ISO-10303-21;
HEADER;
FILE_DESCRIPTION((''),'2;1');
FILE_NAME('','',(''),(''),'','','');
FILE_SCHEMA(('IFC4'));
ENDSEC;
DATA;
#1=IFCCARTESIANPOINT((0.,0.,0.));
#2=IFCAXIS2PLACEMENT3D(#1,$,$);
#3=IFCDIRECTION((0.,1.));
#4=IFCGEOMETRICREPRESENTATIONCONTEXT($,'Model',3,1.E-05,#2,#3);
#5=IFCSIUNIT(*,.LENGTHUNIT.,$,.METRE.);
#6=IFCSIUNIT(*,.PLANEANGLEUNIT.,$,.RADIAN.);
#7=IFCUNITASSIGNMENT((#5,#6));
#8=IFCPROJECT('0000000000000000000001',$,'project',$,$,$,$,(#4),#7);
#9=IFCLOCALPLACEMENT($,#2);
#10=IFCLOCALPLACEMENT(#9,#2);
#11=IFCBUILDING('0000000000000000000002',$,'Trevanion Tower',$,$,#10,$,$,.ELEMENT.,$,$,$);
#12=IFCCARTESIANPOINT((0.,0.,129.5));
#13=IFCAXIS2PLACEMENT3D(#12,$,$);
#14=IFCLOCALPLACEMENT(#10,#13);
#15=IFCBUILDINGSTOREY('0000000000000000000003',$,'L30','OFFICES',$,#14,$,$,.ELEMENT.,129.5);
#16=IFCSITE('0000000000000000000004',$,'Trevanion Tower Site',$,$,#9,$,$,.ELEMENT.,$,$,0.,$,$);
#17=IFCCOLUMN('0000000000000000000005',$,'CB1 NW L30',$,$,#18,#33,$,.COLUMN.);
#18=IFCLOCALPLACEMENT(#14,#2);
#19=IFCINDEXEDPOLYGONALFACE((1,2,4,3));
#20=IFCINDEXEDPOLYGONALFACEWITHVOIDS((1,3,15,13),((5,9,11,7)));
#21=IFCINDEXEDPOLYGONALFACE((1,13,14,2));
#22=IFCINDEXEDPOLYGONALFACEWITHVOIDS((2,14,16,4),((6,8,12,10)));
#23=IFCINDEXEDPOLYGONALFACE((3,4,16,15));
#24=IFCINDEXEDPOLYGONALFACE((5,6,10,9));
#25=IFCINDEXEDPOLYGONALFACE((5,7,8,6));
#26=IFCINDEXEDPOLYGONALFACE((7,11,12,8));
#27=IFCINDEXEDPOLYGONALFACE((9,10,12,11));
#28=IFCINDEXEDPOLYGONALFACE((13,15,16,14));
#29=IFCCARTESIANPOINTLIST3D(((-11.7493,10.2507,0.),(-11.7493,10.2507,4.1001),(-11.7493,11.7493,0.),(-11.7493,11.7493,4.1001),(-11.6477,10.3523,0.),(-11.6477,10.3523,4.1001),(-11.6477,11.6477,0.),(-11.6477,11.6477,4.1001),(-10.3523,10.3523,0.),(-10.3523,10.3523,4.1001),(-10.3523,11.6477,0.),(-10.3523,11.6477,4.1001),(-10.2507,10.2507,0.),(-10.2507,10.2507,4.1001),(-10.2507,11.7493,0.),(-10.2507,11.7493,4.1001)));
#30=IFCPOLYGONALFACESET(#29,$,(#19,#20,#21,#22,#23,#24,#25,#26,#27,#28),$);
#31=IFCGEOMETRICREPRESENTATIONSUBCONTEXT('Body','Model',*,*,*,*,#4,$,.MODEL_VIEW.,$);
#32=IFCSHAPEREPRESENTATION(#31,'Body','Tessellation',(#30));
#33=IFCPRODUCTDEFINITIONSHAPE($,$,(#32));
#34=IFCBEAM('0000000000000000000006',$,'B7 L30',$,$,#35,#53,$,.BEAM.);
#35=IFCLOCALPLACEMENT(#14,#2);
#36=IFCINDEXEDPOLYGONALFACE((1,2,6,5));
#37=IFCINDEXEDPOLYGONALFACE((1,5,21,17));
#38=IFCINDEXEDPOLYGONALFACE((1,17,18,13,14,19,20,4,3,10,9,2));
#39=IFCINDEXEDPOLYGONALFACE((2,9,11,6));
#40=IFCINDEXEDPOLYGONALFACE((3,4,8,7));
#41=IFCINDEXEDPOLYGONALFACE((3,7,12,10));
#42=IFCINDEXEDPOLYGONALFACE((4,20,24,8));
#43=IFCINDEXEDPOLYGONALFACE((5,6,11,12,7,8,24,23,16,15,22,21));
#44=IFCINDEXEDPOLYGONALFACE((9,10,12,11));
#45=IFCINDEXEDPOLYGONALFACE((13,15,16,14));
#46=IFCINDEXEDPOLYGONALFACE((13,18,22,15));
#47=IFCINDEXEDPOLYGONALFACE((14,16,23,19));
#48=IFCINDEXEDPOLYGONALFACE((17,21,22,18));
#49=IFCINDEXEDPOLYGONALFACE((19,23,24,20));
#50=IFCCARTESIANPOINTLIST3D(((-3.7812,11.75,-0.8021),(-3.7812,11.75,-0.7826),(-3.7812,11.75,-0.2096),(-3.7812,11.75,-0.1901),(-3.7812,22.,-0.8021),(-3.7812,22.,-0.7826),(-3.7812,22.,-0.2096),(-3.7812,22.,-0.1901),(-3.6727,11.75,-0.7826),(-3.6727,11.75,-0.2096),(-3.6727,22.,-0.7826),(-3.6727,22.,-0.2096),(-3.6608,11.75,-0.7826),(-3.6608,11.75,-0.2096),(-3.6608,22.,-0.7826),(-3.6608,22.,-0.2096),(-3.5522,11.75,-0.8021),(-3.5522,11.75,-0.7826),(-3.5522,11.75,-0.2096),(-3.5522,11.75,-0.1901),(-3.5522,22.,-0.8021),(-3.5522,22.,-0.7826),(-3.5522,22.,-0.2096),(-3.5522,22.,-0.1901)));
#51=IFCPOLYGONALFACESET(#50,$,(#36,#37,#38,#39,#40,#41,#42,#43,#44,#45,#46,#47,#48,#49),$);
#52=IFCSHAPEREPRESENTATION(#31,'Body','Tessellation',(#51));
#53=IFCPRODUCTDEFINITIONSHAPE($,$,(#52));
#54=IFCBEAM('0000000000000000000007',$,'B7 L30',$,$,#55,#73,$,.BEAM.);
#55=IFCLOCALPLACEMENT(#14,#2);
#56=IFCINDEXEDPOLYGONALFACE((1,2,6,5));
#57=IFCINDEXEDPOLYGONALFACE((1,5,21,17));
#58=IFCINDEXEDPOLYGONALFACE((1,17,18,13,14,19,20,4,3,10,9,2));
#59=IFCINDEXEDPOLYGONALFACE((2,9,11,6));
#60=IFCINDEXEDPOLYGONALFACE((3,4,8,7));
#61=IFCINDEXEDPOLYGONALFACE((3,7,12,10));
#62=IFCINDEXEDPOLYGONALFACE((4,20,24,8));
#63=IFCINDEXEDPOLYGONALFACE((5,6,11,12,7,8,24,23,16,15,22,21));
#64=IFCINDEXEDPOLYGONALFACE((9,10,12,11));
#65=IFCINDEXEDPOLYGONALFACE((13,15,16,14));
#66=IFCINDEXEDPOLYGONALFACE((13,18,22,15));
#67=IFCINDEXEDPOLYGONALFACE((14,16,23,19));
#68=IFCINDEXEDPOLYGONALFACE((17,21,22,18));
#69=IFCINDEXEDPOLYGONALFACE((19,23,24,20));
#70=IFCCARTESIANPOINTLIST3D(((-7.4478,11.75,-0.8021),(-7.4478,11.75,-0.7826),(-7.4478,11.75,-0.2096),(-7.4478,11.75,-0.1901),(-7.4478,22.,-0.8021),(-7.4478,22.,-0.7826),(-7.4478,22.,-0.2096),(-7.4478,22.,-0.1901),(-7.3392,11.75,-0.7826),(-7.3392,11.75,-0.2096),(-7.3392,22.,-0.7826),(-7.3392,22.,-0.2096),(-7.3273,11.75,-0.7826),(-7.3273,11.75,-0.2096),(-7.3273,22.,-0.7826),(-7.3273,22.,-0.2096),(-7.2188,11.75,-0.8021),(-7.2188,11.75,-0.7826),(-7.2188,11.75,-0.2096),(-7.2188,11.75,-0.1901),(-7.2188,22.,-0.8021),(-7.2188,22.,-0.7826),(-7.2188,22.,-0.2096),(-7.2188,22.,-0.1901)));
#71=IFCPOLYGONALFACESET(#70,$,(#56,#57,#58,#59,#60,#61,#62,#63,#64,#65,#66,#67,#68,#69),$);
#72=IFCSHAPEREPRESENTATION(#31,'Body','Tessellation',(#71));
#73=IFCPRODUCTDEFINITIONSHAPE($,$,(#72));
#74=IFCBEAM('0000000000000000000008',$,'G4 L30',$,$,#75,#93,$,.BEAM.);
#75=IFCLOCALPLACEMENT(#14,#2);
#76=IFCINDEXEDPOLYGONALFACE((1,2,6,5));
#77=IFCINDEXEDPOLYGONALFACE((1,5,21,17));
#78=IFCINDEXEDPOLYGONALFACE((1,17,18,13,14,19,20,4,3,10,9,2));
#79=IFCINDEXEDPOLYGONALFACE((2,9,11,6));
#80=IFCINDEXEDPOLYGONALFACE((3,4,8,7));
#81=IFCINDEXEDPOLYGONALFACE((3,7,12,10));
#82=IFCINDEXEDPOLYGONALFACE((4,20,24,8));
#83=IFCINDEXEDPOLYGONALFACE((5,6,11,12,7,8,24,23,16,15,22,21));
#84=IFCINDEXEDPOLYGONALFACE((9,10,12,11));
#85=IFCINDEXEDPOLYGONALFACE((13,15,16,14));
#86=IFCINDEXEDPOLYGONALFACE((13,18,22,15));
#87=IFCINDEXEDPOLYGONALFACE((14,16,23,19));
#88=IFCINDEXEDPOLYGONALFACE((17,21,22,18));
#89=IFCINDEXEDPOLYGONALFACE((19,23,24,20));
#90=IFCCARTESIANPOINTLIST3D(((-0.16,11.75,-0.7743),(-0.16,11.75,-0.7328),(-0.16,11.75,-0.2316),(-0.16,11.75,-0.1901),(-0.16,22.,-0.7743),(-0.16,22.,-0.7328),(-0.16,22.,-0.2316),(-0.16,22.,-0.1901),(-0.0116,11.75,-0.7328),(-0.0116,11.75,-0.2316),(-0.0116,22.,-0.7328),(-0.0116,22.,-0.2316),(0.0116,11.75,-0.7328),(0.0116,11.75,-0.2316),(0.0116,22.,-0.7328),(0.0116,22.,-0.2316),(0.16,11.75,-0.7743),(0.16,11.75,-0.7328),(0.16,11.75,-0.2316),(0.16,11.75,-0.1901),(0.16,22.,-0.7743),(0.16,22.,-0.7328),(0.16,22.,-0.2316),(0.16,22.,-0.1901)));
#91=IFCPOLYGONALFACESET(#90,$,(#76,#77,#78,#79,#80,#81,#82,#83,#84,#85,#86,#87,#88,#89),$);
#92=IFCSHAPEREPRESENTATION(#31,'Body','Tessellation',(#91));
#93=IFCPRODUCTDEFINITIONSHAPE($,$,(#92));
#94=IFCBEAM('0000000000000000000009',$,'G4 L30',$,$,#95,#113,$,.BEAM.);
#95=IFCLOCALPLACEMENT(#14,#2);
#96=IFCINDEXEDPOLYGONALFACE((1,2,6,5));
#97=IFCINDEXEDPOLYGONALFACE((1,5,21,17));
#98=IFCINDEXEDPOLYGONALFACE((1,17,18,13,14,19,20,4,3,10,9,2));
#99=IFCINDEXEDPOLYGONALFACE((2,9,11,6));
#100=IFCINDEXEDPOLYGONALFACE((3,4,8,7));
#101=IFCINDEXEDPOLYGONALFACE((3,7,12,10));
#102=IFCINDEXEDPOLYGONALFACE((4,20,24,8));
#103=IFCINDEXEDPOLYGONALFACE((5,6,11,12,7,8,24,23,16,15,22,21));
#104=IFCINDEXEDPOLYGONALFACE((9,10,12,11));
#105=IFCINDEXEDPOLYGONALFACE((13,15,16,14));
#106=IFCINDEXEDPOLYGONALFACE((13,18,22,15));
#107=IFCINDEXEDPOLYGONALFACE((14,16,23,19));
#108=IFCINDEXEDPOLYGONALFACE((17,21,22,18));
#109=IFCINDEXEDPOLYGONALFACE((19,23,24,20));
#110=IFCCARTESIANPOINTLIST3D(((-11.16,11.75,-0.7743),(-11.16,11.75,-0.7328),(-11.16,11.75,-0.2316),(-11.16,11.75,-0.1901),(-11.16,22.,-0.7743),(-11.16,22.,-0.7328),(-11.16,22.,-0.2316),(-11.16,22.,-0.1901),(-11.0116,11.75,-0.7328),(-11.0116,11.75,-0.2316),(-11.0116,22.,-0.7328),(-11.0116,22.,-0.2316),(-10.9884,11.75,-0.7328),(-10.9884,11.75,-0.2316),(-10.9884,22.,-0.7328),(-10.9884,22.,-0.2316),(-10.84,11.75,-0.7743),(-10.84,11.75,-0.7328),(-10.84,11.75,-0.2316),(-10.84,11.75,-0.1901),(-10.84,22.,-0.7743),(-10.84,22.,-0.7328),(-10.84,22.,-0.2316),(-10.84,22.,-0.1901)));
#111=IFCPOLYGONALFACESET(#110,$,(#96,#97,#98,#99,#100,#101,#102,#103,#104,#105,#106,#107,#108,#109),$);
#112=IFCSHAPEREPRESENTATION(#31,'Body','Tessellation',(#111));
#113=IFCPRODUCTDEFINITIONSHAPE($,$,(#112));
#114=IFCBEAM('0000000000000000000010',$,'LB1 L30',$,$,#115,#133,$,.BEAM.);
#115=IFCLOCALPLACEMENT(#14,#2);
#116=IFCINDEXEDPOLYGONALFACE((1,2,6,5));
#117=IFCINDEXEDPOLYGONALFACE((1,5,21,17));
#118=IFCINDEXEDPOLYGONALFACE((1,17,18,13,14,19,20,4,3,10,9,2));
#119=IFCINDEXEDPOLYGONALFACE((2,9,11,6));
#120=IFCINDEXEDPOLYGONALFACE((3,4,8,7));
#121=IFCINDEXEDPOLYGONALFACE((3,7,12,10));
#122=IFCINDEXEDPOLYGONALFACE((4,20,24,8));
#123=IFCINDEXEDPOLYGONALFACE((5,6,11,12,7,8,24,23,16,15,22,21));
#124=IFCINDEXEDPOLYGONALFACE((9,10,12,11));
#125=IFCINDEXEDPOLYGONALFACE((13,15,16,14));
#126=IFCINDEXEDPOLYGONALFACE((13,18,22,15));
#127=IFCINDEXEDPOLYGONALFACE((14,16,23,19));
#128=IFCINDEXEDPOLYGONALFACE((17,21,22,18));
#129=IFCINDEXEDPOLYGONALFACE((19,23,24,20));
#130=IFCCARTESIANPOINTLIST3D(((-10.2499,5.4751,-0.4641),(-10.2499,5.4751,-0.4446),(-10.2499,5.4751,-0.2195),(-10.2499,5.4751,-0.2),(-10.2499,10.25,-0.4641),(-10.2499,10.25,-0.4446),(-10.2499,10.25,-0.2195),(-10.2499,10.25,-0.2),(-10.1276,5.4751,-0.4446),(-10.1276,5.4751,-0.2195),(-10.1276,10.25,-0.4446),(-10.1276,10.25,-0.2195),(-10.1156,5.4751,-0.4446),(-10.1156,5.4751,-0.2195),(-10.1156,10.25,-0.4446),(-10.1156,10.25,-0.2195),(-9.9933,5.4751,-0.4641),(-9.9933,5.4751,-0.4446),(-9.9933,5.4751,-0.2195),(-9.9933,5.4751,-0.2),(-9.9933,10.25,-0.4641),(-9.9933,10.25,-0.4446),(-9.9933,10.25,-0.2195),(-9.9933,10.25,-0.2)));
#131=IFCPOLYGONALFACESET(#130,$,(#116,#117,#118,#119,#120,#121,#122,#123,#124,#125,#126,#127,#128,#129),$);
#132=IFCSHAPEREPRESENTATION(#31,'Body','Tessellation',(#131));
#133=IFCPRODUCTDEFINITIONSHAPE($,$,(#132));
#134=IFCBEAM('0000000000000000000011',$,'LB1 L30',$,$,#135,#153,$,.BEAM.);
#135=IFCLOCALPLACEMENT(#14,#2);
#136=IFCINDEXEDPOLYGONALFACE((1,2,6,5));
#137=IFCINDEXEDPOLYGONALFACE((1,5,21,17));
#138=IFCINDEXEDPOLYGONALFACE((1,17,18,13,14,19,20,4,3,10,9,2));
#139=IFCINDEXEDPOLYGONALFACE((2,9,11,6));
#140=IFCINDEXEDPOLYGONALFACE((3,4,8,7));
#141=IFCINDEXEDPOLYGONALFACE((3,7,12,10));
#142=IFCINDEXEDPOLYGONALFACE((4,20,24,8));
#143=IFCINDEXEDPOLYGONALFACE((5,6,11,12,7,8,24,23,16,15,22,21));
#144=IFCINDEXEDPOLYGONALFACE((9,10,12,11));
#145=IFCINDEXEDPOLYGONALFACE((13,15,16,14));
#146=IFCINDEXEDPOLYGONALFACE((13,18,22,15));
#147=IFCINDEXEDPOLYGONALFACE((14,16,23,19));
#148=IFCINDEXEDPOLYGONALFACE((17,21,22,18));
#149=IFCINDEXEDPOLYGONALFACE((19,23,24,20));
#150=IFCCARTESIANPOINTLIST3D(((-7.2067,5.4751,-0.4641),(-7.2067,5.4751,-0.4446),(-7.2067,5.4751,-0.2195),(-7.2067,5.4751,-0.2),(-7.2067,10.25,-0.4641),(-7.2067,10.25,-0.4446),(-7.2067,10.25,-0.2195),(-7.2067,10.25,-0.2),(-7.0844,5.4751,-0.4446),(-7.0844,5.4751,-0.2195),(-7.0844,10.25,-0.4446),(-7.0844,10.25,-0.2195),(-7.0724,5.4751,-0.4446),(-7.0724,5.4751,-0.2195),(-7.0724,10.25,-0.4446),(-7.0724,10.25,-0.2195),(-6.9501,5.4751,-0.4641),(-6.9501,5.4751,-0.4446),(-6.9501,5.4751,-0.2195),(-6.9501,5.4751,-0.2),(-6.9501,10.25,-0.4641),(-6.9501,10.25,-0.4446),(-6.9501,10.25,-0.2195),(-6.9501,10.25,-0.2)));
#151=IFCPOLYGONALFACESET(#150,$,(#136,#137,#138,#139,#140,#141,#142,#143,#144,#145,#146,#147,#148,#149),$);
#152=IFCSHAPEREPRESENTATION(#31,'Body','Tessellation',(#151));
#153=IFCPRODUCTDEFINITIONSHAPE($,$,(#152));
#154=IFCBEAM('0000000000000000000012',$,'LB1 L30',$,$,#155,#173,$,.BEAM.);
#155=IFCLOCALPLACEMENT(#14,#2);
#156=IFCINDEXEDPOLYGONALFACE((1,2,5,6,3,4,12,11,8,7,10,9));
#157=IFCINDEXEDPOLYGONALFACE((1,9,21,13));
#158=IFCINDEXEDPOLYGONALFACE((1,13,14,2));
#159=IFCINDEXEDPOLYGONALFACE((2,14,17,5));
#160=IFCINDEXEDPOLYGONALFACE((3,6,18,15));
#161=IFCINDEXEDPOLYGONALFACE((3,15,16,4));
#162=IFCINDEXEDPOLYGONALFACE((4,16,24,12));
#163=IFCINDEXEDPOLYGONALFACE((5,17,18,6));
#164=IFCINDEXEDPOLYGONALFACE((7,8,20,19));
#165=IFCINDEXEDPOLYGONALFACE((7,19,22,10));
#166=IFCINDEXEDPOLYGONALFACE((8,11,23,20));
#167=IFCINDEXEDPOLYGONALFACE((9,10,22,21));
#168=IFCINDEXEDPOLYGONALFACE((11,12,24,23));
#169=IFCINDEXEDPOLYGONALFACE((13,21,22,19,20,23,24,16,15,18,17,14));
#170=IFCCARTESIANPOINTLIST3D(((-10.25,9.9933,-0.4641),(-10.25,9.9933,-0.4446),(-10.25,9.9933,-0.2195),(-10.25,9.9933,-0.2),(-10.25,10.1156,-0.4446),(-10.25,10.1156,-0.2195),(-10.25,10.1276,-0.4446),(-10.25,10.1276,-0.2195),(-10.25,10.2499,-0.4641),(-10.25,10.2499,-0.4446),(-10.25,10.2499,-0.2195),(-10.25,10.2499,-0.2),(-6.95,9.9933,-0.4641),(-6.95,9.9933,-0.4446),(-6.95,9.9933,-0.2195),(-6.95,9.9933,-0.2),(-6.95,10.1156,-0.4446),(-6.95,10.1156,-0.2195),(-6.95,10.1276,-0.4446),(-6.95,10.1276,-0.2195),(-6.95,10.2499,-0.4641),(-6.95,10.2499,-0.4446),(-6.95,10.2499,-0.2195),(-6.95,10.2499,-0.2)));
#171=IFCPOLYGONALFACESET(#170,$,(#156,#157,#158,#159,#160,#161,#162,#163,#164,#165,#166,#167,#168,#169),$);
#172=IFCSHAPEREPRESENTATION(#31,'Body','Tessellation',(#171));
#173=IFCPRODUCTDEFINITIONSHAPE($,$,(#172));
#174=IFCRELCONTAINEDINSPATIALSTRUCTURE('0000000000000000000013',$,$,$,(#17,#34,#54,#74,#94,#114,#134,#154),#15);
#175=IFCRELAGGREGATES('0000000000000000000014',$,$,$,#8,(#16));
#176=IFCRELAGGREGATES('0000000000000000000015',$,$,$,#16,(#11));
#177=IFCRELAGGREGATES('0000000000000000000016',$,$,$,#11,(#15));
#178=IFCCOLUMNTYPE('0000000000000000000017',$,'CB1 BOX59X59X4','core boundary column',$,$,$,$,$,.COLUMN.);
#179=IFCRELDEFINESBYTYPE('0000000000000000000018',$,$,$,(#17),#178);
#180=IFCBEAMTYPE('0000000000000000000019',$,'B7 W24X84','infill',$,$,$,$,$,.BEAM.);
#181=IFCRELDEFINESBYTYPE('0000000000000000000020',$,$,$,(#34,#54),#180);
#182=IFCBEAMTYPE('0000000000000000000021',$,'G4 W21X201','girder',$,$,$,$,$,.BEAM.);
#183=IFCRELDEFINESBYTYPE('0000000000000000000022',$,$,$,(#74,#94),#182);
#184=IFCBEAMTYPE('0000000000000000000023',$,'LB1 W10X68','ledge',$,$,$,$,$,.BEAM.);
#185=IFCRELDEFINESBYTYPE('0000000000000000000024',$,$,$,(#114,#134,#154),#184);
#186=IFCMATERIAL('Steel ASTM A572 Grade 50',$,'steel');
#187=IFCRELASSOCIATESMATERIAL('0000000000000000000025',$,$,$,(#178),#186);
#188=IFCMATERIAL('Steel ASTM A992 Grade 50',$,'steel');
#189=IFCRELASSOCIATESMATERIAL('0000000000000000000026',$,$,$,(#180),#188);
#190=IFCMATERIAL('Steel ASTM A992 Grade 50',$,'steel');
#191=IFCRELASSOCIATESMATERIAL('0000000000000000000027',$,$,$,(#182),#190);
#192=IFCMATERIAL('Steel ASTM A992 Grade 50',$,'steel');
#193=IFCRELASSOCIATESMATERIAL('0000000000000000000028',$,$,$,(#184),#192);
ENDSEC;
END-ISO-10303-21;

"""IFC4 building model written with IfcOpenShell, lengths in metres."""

from ifc_helpers import new_model, si_unit, direction, frame, origin, origin_2d, place, context, subcontext, project, spatial, hollow_rectangle, i_section, extrude, material, material_profile, profile_set, type_object, element, save


model = new_model("IFC4")

# Units and contexts
model_context = context("Model", 3, precision=1e-05, world=origin(), true_north=direction((0.0, 1.0)))
body_context = subcontext(model_context, "Body", "Model", "MODEL_VIEW")
ifc_project = project(units=[si_unit("LENGTHUNIT", "METRE"), si_unit("PLANEANGLEUNIT", "RADIAN")], contexts=[model_context])

# Site, building, storey
site_placement = place(None, origin())
site = spatial("IfcSite", under=ifc_project, at=site_placement, Name="Trevanion Tower Site", CompositionType="ELEMENT", RefElevation=0.0)
building_placement = place(site_placement, origin())
building = spatial("IfcBuilding", under=site, at=building_placement, Name="Trevanion Tower", CompositionType="ELEMENT")
storey_placement = place(building_placement, frame((0.0, 0.0, 129.5)))
storey = spatial("IfcBuildingStorey", under=building, at=storey_placement, Name="L30", Description="OFFICES", CompositionType="ELEMENT", Elevation=129.5)

# Column
ifc_material_1 = material(Name="Steel ASTM A572 Grade 50", Category="steel")
ifc_material_profile_1 = material_profile(ifc_material_1, hollow_rectangle(XDim=1.4985, YDim=1.4985, WallThickness=0.1016, at=origin_2d()), Name="BOX59X59X4")
ifc_profile_set_1 = profile_set([ifc_material_profile_1], Name="Steel ASTM A572 Grade 50")
column_type = type_object("IfcColumnType", Name="CB1 BOX59X59X4", Description="core boundary column", PredefinedType="COLUMN", material=ifc_profile_set_1)
column_placement = place(storey_placement, frame((-11.0, 11.0, 0.0), z_axis=(0.0, 0.0, 1.0), x_axis=(1.0, 0.0, 0.0)))
element("IfcColumn", 1, at=column_placement, inside=storey, type_object=column_type, Name="CB1 NW L30", PredefinedType="COLUMN", context=body_context, shape_type="SweptSolid", body=[
    extrude(hollow_rectangle(XDim=1.4985, YDim=1.4985, WallThickness=0.1016, at=origin_2d()), origin(), (0.0, 0.0, 1.0), 4.1001),
])

# Beams
ifc_material_2 = material(Name="Steel ASTM A992 Grade 50", Category="steel")
ifc_material_profile_2 = material_profile(ifc_material_2, i_section(OverallWidth=0.229, OverallDepth=0.6121, WebThickness=0.012, FlangeThickness=0.0195, at=origin_2d()), Name="W24X84")
ifc_profile_set_2 = profile_set([ifc_material_profile_2], Name="Steel ASTM A992 Grade 50")
beam_type_1 = type_object("IfcBeamType", Name="B7 W24X84", Description="infill", PredefinedType="BEAM", material=ifc_profile_set_2)
for number, where, z_axis, x_axis, name in (
    (2, (-3.6667, 11.75, -0.4961), (0.0, 1.0, 0.0), (-1.0, 0.0, 0.0), "B7 L30"),
    (3, (-7.3333, 11.75, -0.4961), (0.0, 1.0, 0.0), (-1.0, 0.0, 0.0), "B7 L30"),
):
    element("IfcBeam", number, at=place(storey_placement, frame(where, z_axis=z_axis, x_axis=x_axis)), inside=storey, type_object=beam_type_1, Name=name, PredefinedType="BEAM", context=body_context, shape_type="SweptSolid", body=[
        extrude(i_section(OverallWidth=0.229, OverallDepth=0.6121, WebThickness=0.012, FlangeThickness=0.0195, at=origin_2d()), origin(), (0.0, 0.0, 1.0), 10.25),
    ])
ifc_material_3 = material(Name="Steel ASTM A992 Grade 50", Category="steel")
ifc_material_profile_3 = material_profile(ifc_material_3, i_section(OverallWidth=0.3201, OverallDepth=0.5842, WebThickness=0.0232, FlangeThickness=0.0415, at=origin_2d()), Name="W21X201")
ifc_profile_set_3 = profile_set([ifc_material_profile_3], Name="Steel ASTM A992 Grade 50")
beam_type_2 = type_object("IfcBeamType", Name="G4 W21X201", Description="girder", PredefinedType="BEAM", material=ifc_profile_set_3)
for number, where, z_axis, x_axis, name in (
    (4, (0.0, 11.75, -0.4822), (0.0, 1.0, 0.0), (-1.0, 0.0, 0.0), "G4 L30"),
    (5, (-11.0, 11.75, -0.4822), (0.0, 1.0, 0.0), (-1.0, 0.0, 0.0), "G4 L30"),
):
    element("IfcBeam", number, at=place(storey_placement, frame(where, z_axis=z_axis, x_axis=x_axis)), inside=storey, type_object=beam_type_2, Name=name, PredefinedType="BEAM", context=body_context, shape_type="SweptSolid", body=[
        extrude(i_section(OverallWidth=0.3201, OverallDepth=0.5842, WebThickness=0.0232, FlangeThickness=0.0415, at=origin_2d()), origin(), (0.0, 0.0, 1.0), 10.25),
    ])
ifc_material_4 = material(Name="Steel ASTM A992 Grade 50", Category="steel")
ifc_material_profile_4 = material_profile(ifc_material_4, i_section(OverallWidth=0.2566, OverallDepth=0.2642, WebThickness=0.012, FlangeThickness=0.0195, at=origin_2d()), Name="W10X68")
ifc_profile_set_4 = profile_set([ifc_material_profile_4], Name="Steel ASTM A992 Grade 50")
beam_type_3 = type_object("IfcBeamType", Name="LB1 W10X68", Description="ledge", PredefinedType="BEAM", material=ifc_profile_set_4)
for number, where, z_axis, x_axis, name in (
    (6, (-10.1216, 5.4751, -0.332), (0.0, 1.0, 0.0), (-1.0, 0.0, 0.0), "LB1 L30"),
    (7, (-7.0784, 5.4751, -0.332), (0.0, 1.0, 0.0), (-1.0, 0.0, 0.0), "LB1 L30"),
):
    element("IfcBeam", number, at=place(storey_placement, frame(where, z_axis=z_axis, x_axis=x_axis)), inside=storey, type_object=beam_type_3, Name=name, PredefinedType="BEAM", context=body_context, shape_type="SweptSolid", body=[
        extrude(i_section(OverallWidth=0.2566, OverallDepth=0.2642, WebThickness=0.012, FlangeThickness=0.0195, at=origin_2d()), origin(), (0.0, 0.0, 1.0), 4.7749),
    ])
beam_1_placement = place(storey_placement, frame((-10.25, 10.1216, -0.332), z_axis=(1.0, 0.0, 0.0), x_axis=(0.0, 1.0, 0.0)))
element("IfcBeam", 8, at=beam_1_placement, inside=storey, type_object=beam_type_3, Name="LB1 L30", PredefinedType="BEAM", context=body_context, shape_type="SweptSolid", body=[
    extrude(i_section(OverallWidth=0.2566, OverallDepth=0.2642, WebThickness=0.012, FlangeThickness=0.0195, at=origin_2d()), origin(), (0.0, 0.0, 1.0), 3.3),
])

save(model, "model.ifc")
